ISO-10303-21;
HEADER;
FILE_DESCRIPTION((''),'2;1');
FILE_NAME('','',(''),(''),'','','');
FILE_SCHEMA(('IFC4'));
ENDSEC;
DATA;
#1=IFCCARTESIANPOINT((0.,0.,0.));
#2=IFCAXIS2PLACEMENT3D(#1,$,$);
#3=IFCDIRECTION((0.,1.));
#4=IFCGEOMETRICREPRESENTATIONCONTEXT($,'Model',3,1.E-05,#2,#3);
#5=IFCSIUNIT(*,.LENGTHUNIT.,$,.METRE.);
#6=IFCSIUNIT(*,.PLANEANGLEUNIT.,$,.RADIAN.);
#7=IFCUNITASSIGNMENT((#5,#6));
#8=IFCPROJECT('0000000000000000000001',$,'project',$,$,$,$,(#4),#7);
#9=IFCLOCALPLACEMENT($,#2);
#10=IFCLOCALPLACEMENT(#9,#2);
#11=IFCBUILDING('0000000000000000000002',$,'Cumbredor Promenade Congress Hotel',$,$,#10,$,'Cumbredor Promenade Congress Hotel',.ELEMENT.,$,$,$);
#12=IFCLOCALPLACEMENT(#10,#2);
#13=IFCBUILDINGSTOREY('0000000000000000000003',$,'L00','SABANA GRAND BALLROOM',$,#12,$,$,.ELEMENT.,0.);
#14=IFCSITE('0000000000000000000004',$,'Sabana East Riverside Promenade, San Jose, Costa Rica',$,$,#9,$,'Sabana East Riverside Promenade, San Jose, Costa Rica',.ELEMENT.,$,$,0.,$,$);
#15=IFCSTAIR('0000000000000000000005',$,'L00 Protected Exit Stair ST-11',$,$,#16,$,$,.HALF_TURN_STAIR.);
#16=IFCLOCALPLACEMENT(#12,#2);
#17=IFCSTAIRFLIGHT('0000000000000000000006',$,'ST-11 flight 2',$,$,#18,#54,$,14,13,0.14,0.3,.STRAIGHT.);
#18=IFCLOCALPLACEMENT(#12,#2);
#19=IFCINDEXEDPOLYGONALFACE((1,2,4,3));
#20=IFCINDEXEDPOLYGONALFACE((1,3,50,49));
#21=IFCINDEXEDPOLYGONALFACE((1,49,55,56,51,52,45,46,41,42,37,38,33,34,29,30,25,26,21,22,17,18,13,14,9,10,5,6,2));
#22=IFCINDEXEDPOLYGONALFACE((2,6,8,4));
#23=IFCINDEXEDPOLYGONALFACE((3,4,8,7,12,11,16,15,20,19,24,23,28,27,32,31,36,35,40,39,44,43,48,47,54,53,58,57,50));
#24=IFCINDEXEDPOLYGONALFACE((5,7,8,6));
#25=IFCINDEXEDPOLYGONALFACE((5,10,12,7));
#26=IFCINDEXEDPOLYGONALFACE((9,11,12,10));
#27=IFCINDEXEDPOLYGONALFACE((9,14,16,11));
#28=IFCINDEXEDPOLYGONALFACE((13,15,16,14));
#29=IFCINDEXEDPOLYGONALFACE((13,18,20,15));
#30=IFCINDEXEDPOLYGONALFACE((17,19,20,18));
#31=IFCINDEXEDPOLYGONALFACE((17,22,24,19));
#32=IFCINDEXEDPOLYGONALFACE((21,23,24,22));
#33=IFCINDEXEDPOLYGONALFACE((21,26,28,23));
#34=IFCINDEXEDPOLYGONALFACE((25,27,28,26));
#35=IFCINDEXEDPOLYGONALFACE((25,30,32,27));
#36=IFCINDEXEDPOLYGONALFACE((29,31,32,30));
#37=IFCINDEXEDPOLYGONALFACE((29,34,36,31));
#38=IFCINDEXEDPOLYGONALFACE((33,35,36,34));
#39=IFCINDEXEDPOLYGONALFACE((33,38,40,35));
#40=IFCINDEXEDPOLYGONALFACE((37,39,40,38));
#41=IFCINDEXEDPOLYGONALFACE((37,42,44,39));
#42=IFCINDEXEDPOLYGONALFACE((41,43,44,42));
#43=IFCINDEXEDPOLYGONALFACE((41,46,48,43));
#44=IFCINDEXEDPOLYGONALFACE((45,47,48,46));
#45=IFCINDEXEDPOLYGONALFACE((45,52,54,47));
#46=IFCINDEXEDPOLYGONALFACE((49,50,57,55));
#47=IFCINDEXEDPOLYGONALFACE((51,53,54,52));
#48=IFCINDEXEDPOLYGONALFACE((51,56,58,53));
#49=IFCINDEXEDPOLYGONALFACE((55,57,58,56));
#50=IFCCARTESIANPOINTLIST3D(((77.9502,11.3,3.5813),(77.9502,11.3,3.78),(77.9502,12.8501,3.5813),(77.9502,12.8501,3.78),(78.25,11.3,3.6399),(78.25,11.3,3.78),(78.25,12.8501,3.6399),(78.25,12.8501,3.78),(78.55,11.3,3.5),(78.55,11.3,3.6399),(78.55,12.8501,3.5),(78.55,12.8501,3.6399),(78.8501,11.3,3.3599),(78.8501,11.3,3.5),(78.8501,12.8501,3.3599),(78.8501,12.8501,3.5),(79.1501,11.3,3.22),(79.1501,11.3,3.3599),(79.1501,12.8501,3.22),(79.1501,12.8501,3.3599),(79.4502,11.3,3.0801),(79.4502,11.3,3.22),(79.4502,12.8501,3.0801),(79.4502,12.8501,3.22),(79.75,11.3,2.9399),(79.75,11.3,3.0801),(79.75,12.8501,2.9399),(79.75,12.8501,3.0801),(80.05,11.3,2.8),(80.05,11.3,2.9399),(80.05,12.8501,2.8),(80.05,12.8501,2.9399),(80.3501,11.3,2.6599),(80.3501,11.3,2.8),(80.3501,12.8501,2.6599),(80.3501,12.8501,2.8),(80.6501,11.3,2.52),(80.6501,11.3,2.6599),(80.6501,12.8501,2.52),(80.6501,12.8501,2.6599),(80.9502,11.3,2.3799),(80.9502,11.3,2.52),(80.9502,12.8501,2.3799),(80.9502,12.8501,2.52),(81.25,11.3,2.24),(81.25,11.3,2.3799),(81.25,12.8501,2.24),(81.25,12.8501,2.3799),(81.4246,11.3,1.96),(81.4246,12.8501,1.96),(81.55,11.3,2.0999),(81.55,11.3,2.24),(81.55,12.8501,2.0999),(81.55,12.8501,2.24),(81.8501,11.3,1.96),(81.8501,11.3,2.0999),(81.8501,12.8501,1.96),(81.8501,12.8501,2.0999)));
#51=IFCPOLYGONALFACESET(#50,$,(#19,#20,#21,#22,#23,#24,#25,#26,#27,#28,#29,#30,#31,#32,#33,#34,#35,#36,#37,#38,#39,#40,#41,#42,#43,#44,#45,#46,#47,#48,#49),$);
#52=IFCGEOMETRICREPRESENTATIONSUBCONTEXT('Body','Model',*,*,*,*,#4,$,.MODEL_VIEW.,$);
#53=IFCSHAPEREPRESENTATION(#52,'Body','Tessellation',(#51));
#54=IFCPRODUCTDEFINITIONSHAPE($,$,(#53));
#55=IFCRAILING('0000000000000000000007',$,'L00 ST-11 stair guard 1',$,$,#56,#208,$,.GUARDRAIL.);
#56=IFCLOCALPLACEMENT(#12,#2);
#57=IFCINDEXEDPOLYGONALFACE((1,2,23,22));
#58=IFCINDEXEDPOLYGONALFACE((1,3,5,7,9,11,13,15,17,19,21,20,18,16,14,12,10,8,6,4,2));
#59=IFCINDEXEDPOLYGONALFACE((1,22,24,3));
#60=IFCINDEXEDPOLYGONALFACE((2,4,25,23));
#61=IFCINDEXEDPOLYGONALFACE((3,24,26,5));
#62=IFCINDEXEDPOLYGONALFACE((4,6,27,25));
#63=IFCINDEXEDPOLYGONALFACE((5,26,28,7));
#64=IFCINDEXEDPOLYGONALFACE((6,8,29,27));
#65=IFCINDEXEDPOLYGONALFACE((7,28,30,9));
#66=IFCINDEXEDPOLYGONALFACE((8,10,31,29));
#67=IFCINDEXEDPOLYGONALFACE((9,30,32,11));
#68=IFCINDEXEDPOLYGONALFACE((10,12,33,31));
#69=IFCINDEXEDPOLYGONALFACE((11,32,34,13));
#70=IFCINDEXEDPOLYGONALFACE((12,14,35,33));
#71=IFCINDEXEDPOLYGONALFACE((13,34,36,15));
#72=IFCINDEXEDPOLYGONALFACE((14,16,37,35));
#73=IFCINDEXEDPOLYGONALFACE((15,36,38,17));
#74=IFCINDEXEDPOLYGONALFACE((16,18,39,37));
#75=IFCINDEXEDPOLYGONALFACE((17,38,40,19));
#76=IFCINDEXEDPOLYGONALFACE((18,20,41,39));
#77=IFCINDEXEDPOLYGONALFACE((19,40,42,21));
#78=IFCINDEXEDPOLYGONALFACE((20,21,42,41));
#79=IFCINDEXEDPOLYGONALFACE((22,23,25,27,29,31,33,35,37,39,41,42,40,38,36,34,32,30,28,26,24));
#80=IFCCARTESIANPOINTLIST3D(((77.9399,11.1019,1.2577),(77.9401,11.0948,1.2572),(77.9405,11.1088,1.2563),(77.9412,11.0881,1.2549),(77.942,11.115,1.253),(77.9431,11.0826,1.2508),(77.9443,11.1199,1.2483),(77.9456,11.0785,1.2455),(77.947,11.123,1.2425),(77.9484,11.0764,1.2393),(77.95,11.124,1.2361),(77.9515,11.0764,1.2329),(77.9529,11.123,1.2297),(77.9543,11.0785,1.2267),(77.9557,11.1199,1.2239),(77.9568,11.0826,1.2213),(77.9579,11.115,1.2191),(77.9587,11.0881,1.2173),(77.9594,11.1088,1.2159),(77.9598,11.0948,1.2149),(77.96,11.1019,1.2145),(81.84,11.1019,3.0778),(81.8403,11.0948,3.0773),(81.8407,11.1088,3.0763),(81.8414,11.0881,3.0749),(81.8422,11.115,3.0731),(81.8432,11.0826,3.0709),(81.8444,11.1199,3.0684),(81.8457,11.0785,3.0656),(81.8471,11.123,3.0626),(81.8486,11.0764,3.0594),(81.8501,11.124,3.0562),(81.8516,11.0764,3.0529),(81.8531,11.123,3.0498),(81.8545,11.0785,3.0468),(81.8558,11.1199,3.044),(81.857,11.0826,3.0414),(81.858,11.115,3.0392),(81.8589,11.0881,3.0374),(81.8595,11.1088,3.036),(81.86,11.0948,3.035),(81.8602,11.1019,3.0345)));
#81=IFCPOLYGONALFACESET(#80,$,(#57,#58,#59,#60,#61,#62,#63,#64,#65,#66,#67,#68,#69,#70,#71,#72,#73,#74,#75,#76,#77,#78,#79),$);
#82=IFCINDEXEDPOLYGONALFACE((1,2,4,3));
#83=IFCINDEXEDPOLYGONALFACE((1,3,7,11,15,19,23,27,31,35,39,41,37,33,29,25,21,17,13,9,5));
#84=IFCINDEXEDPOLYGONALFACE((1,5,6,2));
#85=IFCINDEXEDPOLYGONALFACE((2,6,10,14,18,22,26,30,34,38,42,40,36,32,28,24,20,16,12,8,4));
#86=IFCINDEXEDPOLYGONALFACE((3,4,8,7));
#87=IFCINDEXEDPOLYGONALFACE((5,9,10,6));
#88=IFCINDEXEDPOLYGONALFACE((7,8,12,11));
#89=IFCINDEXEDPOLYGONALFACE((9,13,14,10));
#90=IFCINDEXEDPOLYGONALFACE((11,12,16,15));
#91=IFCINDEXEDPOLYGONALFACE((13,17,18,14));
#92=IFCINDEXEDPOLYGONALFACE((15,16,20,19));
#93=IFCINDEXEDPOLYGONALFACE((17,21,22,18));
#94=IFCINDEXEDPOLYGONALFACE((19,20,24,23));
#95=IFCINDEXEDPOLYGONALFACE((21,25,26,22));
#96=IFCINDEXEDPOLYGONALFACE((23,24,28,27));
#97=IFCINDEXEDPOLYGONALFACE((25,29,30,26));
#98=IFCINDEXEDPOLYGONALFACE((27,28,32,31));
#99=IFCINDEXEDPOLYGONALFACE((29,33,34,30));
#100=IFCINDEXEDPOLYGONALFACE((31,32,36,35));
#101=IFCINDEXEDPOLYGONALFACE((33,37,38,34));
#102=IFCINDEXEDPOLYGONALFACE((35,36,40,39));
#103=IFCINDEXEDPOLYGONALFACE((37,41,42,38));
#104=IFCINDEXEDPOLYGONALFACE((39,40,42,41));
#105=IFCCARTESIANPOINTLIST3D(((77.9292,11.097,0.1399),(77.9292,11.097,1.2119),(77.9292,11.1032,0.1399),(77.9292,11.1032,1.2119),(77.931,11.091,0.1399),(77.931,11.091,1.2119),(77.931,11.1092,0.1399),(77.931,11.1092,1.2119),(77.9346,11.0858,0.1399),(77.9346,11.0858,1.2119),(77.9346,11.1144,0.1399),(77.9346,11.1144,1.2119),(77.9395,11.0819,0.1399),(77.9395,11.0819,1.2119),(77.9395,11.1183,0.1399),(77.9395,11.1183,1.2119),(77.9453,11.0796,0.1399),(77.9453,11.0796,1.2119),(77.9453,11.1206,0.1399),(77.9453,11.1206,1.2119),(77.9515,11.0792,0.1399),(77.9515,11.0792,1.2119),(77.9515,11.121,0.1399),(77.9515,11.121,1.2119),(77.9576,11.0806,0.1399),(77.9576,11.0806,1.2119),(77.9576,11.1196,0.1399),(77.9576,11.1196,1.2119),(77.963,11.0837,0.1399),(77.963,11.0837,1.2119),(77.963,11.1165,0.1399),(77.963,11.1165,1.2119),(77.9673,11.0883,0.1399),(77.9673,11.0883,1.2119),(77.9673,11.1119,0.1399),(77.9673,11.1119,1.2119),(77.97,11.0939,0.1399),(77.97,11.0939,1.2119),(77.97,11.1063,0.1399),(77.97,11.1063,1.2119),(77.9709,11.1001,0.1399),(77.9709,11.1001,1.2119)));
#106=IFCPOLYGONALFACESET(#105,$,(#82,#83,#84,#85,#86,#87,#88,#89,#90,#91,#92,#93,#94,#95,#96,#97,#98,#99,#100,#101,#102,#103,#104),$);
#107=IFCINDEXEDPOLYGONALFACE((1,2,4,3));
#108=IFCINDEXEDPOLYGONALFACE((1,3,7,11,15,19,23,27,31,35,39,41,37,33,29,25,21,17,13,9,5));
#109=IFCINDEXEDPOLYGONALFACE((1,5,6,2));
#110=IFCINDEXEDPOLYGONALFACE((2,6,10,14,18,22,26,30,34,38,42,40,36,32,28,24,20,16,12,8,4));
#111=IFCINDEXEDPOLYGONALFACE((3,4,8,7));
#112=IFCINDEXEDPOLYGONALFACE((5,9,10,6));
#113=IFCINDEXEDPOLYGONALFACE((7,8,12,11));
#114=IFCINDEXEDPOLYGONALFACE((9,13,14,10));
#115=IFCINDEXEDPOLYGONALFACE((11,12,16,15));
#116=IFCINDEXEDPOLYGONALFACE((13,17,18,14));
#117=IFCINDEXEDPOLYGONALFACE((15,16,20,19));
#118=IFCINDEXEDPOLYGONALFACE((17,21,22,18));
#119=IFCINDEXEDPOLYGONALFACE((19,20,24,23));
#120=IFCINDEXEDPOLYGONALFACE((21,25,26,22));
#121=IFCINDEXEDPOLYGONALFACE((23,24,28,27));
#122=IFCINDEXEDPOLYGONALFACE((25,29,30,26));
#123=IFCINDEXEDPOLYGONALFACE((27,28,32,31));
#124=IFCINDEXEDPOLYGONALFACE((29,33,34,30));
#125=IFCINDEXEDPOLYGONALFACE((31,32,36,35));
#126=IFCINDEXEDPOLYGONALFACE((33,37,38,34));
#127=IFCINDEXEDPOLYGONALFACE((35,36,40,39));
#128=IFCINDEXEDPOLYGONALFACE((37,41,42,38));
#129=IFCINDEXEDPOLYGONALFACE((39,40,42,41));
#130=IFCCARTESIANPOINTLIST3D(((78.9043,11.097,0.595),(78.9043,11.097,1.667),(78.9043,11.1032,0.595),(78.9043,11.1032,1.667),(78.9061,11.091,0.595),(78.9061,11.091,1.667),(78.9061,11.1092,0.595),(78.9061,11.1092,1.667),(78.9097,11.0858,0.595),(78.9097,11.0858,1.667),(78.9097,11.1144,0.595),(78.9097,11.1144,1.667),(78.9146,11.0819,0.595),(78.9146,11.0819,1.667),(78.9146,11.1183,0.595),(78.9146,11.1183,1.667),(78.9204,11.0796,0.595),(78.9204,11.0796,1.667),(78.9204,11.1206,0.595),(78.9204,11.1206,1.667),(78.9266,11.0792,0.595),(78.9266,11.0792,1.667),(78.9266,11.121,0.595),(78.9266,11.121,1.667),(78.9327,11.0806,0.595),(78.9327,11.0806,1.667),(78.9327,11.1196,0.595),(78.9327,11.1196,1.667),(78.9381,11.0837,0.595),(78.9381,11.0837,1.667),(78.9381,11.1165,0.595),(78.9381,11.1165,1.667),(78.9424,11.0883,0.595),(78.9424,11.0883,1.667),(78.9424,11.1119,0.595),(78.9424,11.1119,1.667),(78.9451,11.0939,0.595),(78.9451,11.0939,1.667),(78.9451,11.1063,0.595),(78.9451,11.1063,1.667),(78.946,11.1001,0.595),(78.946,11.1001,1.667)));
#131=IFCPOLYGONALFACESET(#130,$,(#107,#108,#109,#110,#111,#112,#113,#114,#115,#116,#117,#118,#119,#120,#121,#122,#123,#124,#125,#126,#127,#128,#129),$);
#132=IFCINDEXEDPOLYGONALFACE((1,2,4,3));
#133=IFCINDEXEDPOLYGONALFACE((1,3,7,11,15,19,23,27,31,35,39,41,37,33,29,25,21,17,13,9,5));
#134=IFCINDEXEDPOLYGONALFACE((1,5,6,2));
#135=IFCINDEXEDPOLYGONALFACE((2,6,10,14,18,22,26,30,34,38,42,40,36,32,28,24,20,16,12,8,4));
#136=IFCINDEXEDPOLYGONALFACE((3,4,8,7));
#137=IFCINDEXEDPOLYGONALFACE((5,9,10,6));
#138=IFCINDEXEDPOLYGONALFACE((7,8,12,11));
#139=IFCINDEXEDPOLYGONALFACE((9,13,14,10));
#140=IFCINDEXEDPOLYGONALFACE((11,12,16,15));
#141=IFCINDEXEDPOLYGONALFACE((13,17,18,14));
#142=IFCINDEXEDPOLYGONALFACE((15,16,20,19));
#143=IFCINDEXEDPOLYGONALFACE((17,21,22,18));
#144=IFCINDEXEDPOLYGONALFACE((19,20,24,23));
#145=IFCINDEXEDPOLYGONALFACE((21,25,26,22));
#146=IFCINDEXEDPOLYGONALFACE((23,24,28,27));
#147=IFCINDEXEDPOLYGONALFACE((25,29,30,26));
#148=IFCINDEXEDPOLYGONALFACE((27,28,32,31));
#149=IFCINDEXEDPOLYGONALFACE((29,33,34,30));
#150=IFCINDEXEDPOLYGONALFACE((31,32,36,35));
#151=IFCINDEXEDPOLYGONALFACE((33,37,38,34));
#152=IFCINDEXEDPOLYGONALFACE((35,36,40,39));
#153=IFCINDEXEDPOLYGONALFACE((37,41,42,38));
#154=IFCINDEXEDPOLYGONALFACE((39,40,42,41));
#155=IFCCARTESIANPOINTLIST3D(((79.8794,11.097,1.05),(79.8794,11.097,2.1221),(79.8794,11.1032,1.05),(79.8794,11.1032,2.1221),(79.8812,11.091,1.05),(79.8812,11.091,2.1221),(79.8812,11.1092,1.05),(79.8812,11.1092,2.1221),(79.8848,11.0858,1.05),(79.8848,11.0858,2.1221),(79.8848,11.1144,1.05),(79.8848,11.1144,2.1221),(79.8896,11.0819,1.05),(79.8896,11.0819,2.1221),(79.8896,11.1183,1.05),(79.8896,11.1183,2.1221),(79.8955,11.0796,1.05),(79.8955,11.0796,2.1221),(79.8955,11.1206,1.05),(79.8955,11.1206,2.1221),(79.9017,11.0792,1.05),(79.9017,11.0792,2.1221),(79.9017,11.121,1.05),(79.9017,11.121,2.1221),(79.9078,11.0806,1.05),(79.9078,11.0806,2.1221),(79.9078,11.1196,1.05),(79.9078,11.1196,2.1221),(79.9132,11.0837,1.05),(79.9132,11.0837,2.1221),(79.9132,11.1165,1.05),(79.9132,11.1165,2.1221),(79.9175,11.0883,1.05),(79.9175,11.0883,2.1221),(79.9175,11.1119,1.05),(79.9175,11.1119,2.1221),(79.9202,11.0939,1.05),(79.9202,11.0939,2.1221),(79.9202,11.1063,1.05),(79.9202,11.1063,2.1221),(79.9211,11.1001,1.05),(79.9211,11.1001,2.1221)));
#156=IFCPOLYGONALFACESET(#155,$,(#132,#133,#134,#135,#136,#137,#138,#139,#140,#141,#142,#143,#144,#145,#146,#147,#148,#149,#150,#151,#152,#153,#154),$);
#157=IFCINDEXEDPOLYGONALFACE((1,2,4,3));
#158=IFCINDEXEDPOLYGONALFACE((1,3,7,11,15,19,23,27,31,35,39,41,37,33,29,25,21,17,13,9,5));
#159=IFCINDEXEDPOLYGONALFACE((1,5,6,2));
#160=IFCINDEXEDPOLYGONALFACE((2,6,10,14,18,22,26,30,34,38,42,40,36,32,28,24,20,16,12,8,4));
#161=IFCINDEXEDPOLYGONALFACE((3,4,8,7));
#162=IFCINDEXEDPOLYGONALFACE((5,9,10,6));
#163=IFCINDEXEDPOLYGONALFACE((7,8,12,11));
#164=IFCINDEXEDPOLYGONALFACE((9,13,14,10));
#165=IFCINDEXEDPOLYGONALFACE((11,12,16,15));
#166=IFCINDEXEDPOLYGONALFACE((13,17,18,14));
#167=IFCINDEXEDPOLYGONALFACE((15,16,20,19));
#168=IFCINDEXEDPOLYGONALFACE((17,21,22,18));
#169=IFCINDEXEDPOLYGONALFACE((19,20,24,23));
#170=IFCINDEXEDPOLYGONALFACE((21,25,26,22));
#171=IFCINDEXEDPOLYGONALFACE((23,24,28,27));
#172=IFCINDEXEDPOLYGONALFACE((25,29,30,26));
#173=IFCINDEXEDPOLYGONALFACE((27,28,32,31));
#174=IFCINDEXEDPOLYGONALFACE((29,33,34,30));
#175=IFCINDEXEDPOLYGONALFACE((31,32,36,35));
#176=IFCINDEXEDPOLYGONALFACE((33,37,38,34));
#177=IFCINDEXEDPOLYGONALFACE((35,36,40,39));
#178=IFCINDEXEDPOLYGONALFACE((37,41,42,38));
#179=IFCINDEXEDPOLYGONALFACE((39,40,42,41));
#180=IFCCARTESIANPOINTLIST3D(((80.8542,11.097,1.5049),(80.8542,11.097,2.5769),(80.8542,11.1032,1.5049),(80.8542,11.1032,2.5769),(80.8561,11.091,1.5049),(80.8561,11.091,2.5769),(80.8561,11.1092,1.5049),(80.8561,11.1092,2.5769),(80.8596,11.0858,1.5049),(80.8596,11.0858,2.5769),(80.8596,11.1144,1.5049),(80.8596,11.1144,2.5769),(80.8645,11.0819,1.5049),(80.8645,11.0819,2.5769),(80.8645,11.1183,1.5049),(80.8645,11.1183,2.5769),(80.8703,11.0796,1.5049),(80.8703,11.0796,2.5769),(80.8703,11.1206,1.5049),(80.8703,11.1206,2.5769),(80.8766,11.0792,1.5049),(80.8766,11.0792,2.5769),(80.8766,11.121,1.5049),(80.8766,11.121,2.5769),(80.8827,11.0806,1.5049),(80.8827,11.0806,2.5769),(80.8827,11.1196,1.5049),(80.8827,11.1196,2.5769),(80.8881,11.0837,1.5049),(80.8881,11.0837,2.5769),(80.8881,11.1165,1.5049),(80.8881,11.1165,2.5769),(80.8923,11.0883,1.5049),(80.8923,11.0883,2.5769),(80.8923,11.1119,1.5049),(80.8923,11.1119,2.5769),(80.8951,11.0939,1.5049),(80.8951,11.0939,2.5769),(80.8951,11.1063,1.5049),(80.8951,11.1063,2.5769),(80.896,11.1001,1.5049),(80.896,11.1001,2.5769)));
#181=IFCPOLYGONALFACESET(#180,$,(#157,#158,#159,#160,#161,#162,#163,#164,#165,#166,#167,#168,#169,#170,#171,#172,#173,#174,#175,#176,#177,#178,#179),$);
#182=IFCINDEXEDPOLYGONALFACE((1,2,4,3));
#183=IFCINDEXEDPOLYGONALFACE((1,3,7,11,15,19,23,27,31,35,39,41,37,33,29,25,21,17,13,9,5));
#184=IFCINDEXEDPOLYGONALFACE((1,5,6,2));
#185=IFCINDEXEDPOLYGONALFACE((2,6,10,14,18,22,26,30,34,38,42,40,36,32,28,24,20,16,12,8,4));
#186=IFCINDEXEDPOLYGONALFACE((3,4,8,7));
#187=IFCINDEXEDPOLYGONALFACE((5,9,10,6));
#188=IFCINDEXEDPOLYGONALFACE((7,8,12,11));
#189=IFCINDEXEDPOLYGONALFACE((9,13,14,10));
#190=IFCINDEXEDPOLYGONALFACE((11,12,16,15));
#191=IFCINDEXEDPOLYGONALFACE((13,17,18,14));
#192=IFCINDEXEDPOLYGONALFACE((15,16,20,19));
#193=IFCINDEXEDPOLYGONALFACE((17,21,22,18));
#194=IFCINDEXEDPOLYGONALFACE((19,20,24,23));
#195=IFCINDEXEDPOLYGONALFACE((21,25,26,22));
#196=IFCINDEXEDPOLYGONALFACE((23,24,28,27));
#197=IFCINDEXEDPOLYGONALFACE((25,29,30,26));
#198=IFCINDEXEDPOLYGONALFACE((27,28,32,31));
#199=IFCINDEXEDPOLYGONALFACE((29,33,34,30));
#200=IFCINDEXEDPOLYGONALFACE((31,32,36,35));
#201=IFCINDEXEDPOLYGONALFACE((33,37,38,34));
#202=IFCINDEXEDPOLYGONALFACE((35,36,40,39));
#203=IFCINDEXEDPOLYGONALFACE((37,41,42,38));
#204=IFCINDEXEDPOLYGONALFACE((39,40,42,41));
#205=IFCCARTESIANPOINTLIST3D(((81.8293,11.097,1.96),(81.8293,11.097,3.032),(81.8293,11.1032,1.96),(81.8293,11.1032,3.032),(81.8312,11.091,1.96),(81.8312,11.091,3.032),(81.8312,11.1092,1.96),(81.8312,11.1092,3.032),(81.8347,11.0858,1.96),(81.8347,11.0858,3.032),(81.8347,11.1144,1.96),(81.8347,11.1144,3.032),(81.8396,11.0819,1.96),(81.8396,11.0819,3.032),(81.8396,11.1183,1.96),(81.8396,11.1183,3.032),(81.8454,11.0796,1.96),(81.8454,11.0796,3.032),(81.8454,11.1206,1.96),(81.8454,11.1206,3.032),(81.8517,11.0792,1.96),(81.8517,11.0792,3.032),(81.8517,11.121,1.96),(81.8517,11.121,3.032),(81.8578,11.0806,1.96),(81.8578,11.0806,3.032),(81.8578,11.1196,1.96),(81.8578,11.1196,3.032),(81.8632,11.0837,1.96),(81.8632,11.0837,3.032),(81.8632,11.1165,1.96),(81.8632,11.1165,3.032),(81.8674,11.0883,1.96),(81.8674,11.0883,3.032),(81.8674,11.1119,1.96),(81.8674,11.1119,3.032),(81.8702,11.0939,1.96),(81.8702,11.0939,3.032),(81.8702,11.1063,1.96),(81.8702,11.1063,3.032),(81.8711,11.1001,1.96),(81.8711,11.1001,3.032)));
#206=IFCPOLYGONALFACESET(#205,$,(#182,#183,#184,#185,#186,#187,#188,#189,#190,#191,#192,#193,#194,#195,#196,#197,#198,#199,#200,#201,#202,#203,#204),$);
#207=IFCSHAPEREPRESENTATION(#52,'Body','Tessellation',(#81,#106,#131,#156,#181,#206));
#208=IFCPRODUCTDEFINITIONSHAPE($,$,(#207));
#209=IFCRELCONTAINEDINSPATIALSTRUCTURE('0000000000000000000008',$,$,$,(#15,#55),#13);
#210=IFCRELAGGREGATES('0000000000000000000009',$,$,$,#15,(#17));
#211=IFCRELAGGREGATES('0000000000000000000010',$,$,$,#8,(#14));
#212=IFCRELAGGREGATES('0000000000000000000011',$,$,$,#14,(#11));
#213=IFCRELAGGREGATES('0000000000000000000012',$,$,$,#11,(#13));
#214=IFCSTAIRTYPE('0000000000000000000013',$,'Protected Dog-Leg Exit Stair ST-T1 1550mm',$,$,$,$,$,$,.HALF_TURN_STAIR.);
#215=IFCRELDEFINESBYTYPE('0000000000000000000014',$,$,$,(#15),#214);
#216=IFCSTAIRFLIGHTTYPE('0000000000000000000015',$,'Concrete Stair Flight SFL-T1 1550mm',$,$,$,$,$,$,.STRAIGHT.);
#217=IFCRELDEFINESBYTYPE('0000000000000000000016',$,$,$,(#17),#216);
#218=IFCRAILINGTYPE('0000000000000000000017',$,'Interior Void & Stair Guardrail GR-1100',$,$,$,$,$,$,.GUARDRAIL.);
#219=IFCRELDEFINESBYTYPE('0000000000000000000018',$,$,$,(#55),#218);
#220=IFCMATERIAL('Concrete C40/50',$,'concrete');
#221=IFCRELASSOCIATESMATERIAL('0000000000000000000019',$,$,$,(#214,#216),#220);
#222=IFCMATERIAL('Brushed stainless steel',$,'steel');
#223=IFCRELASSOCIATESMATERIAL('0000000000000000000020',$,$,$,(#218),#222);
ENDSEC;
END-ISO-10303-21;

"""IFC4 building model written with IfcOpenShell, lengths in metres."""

from ifc_helpers import new_model, si_unit, direction, frame, origin, origin_2d, place, context, subcontext, project, spatial, polyline, circle, outline, extrude, material, type_object, element, aggregate, save


model = new_model("IFC4")

# Units and contexts
model_context = context("Model", 3, precision=1e-05, world=origin(), true_north=direction((0.0, 1.0)))
body_context = subcontext(model_context, "Body", "Model", "MODEL_VIEW")
ifc_project = project(units=[si_unit("LENGTHUNIT", "METRE"), si_unit("PLANEANGLEUNIT", "RADIAN")], contexts=[model_context])

# Site, building, storey
site_placement = place(None, origin())
site = spatial("IfcSite", under=ifc_project, at=site_placement, Name="Sabana East Riverside Promenade, San Jose, Costa Rica", LongName="Sabana East Riverside Promenade, San Jose, Costa Rica", CompositionType="ELEMENT", RefElevation=0.0)
building_placement = place(site_placement, origin())
building = spatial("IfcBuilding", under=site, at=building_placement, Name="Cumbredor Promenade Congress Hotel", LongName="Cumbredor Promenade Congress Hotel", CompositionType="ELEMENT")
storey_placement = place(building_placement, origin())
storey = spatial("IfcBuildingStorey", under=building, at=storey_placement, Name="L00", Description="SABANA GRAND BALLROOM", CompositionType="ELEMENT", Elevation=0.0)

# Shared definitions
ifc_material_1 = material(Name="Concrete C40/50", Category="concrete")

# Shared definitions
ifc_material_2 = material(Name="Brushed stainless steel", Category="steel")

# Stair, stair flight
stair_type = type_object("IfcStairType", Name="Protected Dog-Leg Exit Stair ST-T1 1550mm", PredefinedType="HALF_TURN_STAIR", material=ifc_material_1)
stair_placement = place(storey_placement, origin())
stair = element("IfcStair", 1, at=stair_placement, inside=storey, type_object=stair_type, Name="L00 Protected Exit Stair ST-11", PredefinedType="HALF_TURN_STAIR")
stair_flight_type = type_object("IfcStairFlightType", Name="Concrete Stair Flight SFL-T1 1550mm", PredefinedType="STRAIGHT", material=ifc_material_1)
stair_flight_1_placement = place(storey_placement, frame((81.8501, 12.075, 1.96), z_axis=(0.0, 0.0, 1.0), x_axis=(-1.0, 0.0, 0.0)))
stair_flight_1 = element("IfcStairFlight", 2, at=stair_flight_1_placement, type_object=stair_flight_type, Name="ST-11 flight 2", NumberOfRisers=14, NumberOfTreads=13, PredefinedType="STRAIGHT", RiserHeight=0.14, TreadLength=0.3, context=body_context, shape_type="SweptSolid", body=[
    extrude(outline(polyline([(0.0, 0.0), (0.0, 0.1399), (0.3, 0.1399), (0.3, 0.28), (0.6001, 0.28), (0.6001, 0.4199), (0.8999, 0.4199), (0.8999, 0.5601), (1.2, 0.5601), (1.2, 0.7), (1.5, 0.7), (1.5, 0.8401), (1.8, 0.8401), (1.8, 0.98), (2.1001, 0.98), (2.1001, 1.1201), (2.3999, 1.1201), (2.3999, 1.26), (2.7, 1.26), (2.7, 1.3999), (3.0, 1.3999), (3.0, 1.54), (3.3, 1.54), (3.3, 1.6799), (3.6001, 1.6799), (3.6001, 1.8201), (3.8999, 1.8201), (3.8999, 1.96), (3.8999, 1.6213), (0.4255, 0.0), (0.0, 0.0)])), frame((0.0, 0.7749, 0.0), z_axis=(0.0, -1.0, 0.0), x_axis=(1.0, 0.0, 0.0)), (0.0, 0.0, 1.0), 1.55),
])
aggregate(stair, [stair_flight_1])

# Railing
railing_type_1 = type_object("IfcRailingType", Name="Interior Void & Stair Guardrail GR-1100", PredefinedType="GUARDRAIL", material=ifc_material_2)
railing_1_placement = place(storey_placement, frame((77.95, 11.1001, 0.1399)))
element("IfcRailing", 3, at=railing_1_placement, inside=storey, type_object=railing_type_1, Name="L00 ST-11 stair guard 1", PredefinedType="GUARDRAIL", context=body_context, shape_type="SweptSolid", body=[
    extrude(circle(Radius=0.0239, at=origin_2d()), frame((0.0, 0.0, 1.0962), z_axis=(0.906183, 0.0, 0.422885), x_axis=(0.0, 1.0, 0.0)), (0.0, 0.0, 1.0), 4.304),
    extrude(circle(Radius=0.021, at=origin_2d()), origin(), (0.0, 0.0, 1.0), 1.072),
    extrude(circle(Radius=0.021, at=origin_2d()), frame((0.9751, 0.0, 0.4551)), (0.0, 0.0, 1.0), 1.072),
    extrude(circle(Radius=0.021, at=origin_2d()), frame((1.9502, 0.0, 0.9102)), (0.0, 0.0, 1.0), 1.072),
    extrude(circle(Radius=0.021, at=origin_2d()), frame((2.925, 0.0, 1.365)), (0.0, 0.0, 1.0), 1.072),
    extrude(circle(Radius=0.021, at=origin_2d()), frame((3.9001, 0.0, 1.8201)), (0.0, 0.0, 1.0), 1.072),
])

save(model, "model.ifc")
